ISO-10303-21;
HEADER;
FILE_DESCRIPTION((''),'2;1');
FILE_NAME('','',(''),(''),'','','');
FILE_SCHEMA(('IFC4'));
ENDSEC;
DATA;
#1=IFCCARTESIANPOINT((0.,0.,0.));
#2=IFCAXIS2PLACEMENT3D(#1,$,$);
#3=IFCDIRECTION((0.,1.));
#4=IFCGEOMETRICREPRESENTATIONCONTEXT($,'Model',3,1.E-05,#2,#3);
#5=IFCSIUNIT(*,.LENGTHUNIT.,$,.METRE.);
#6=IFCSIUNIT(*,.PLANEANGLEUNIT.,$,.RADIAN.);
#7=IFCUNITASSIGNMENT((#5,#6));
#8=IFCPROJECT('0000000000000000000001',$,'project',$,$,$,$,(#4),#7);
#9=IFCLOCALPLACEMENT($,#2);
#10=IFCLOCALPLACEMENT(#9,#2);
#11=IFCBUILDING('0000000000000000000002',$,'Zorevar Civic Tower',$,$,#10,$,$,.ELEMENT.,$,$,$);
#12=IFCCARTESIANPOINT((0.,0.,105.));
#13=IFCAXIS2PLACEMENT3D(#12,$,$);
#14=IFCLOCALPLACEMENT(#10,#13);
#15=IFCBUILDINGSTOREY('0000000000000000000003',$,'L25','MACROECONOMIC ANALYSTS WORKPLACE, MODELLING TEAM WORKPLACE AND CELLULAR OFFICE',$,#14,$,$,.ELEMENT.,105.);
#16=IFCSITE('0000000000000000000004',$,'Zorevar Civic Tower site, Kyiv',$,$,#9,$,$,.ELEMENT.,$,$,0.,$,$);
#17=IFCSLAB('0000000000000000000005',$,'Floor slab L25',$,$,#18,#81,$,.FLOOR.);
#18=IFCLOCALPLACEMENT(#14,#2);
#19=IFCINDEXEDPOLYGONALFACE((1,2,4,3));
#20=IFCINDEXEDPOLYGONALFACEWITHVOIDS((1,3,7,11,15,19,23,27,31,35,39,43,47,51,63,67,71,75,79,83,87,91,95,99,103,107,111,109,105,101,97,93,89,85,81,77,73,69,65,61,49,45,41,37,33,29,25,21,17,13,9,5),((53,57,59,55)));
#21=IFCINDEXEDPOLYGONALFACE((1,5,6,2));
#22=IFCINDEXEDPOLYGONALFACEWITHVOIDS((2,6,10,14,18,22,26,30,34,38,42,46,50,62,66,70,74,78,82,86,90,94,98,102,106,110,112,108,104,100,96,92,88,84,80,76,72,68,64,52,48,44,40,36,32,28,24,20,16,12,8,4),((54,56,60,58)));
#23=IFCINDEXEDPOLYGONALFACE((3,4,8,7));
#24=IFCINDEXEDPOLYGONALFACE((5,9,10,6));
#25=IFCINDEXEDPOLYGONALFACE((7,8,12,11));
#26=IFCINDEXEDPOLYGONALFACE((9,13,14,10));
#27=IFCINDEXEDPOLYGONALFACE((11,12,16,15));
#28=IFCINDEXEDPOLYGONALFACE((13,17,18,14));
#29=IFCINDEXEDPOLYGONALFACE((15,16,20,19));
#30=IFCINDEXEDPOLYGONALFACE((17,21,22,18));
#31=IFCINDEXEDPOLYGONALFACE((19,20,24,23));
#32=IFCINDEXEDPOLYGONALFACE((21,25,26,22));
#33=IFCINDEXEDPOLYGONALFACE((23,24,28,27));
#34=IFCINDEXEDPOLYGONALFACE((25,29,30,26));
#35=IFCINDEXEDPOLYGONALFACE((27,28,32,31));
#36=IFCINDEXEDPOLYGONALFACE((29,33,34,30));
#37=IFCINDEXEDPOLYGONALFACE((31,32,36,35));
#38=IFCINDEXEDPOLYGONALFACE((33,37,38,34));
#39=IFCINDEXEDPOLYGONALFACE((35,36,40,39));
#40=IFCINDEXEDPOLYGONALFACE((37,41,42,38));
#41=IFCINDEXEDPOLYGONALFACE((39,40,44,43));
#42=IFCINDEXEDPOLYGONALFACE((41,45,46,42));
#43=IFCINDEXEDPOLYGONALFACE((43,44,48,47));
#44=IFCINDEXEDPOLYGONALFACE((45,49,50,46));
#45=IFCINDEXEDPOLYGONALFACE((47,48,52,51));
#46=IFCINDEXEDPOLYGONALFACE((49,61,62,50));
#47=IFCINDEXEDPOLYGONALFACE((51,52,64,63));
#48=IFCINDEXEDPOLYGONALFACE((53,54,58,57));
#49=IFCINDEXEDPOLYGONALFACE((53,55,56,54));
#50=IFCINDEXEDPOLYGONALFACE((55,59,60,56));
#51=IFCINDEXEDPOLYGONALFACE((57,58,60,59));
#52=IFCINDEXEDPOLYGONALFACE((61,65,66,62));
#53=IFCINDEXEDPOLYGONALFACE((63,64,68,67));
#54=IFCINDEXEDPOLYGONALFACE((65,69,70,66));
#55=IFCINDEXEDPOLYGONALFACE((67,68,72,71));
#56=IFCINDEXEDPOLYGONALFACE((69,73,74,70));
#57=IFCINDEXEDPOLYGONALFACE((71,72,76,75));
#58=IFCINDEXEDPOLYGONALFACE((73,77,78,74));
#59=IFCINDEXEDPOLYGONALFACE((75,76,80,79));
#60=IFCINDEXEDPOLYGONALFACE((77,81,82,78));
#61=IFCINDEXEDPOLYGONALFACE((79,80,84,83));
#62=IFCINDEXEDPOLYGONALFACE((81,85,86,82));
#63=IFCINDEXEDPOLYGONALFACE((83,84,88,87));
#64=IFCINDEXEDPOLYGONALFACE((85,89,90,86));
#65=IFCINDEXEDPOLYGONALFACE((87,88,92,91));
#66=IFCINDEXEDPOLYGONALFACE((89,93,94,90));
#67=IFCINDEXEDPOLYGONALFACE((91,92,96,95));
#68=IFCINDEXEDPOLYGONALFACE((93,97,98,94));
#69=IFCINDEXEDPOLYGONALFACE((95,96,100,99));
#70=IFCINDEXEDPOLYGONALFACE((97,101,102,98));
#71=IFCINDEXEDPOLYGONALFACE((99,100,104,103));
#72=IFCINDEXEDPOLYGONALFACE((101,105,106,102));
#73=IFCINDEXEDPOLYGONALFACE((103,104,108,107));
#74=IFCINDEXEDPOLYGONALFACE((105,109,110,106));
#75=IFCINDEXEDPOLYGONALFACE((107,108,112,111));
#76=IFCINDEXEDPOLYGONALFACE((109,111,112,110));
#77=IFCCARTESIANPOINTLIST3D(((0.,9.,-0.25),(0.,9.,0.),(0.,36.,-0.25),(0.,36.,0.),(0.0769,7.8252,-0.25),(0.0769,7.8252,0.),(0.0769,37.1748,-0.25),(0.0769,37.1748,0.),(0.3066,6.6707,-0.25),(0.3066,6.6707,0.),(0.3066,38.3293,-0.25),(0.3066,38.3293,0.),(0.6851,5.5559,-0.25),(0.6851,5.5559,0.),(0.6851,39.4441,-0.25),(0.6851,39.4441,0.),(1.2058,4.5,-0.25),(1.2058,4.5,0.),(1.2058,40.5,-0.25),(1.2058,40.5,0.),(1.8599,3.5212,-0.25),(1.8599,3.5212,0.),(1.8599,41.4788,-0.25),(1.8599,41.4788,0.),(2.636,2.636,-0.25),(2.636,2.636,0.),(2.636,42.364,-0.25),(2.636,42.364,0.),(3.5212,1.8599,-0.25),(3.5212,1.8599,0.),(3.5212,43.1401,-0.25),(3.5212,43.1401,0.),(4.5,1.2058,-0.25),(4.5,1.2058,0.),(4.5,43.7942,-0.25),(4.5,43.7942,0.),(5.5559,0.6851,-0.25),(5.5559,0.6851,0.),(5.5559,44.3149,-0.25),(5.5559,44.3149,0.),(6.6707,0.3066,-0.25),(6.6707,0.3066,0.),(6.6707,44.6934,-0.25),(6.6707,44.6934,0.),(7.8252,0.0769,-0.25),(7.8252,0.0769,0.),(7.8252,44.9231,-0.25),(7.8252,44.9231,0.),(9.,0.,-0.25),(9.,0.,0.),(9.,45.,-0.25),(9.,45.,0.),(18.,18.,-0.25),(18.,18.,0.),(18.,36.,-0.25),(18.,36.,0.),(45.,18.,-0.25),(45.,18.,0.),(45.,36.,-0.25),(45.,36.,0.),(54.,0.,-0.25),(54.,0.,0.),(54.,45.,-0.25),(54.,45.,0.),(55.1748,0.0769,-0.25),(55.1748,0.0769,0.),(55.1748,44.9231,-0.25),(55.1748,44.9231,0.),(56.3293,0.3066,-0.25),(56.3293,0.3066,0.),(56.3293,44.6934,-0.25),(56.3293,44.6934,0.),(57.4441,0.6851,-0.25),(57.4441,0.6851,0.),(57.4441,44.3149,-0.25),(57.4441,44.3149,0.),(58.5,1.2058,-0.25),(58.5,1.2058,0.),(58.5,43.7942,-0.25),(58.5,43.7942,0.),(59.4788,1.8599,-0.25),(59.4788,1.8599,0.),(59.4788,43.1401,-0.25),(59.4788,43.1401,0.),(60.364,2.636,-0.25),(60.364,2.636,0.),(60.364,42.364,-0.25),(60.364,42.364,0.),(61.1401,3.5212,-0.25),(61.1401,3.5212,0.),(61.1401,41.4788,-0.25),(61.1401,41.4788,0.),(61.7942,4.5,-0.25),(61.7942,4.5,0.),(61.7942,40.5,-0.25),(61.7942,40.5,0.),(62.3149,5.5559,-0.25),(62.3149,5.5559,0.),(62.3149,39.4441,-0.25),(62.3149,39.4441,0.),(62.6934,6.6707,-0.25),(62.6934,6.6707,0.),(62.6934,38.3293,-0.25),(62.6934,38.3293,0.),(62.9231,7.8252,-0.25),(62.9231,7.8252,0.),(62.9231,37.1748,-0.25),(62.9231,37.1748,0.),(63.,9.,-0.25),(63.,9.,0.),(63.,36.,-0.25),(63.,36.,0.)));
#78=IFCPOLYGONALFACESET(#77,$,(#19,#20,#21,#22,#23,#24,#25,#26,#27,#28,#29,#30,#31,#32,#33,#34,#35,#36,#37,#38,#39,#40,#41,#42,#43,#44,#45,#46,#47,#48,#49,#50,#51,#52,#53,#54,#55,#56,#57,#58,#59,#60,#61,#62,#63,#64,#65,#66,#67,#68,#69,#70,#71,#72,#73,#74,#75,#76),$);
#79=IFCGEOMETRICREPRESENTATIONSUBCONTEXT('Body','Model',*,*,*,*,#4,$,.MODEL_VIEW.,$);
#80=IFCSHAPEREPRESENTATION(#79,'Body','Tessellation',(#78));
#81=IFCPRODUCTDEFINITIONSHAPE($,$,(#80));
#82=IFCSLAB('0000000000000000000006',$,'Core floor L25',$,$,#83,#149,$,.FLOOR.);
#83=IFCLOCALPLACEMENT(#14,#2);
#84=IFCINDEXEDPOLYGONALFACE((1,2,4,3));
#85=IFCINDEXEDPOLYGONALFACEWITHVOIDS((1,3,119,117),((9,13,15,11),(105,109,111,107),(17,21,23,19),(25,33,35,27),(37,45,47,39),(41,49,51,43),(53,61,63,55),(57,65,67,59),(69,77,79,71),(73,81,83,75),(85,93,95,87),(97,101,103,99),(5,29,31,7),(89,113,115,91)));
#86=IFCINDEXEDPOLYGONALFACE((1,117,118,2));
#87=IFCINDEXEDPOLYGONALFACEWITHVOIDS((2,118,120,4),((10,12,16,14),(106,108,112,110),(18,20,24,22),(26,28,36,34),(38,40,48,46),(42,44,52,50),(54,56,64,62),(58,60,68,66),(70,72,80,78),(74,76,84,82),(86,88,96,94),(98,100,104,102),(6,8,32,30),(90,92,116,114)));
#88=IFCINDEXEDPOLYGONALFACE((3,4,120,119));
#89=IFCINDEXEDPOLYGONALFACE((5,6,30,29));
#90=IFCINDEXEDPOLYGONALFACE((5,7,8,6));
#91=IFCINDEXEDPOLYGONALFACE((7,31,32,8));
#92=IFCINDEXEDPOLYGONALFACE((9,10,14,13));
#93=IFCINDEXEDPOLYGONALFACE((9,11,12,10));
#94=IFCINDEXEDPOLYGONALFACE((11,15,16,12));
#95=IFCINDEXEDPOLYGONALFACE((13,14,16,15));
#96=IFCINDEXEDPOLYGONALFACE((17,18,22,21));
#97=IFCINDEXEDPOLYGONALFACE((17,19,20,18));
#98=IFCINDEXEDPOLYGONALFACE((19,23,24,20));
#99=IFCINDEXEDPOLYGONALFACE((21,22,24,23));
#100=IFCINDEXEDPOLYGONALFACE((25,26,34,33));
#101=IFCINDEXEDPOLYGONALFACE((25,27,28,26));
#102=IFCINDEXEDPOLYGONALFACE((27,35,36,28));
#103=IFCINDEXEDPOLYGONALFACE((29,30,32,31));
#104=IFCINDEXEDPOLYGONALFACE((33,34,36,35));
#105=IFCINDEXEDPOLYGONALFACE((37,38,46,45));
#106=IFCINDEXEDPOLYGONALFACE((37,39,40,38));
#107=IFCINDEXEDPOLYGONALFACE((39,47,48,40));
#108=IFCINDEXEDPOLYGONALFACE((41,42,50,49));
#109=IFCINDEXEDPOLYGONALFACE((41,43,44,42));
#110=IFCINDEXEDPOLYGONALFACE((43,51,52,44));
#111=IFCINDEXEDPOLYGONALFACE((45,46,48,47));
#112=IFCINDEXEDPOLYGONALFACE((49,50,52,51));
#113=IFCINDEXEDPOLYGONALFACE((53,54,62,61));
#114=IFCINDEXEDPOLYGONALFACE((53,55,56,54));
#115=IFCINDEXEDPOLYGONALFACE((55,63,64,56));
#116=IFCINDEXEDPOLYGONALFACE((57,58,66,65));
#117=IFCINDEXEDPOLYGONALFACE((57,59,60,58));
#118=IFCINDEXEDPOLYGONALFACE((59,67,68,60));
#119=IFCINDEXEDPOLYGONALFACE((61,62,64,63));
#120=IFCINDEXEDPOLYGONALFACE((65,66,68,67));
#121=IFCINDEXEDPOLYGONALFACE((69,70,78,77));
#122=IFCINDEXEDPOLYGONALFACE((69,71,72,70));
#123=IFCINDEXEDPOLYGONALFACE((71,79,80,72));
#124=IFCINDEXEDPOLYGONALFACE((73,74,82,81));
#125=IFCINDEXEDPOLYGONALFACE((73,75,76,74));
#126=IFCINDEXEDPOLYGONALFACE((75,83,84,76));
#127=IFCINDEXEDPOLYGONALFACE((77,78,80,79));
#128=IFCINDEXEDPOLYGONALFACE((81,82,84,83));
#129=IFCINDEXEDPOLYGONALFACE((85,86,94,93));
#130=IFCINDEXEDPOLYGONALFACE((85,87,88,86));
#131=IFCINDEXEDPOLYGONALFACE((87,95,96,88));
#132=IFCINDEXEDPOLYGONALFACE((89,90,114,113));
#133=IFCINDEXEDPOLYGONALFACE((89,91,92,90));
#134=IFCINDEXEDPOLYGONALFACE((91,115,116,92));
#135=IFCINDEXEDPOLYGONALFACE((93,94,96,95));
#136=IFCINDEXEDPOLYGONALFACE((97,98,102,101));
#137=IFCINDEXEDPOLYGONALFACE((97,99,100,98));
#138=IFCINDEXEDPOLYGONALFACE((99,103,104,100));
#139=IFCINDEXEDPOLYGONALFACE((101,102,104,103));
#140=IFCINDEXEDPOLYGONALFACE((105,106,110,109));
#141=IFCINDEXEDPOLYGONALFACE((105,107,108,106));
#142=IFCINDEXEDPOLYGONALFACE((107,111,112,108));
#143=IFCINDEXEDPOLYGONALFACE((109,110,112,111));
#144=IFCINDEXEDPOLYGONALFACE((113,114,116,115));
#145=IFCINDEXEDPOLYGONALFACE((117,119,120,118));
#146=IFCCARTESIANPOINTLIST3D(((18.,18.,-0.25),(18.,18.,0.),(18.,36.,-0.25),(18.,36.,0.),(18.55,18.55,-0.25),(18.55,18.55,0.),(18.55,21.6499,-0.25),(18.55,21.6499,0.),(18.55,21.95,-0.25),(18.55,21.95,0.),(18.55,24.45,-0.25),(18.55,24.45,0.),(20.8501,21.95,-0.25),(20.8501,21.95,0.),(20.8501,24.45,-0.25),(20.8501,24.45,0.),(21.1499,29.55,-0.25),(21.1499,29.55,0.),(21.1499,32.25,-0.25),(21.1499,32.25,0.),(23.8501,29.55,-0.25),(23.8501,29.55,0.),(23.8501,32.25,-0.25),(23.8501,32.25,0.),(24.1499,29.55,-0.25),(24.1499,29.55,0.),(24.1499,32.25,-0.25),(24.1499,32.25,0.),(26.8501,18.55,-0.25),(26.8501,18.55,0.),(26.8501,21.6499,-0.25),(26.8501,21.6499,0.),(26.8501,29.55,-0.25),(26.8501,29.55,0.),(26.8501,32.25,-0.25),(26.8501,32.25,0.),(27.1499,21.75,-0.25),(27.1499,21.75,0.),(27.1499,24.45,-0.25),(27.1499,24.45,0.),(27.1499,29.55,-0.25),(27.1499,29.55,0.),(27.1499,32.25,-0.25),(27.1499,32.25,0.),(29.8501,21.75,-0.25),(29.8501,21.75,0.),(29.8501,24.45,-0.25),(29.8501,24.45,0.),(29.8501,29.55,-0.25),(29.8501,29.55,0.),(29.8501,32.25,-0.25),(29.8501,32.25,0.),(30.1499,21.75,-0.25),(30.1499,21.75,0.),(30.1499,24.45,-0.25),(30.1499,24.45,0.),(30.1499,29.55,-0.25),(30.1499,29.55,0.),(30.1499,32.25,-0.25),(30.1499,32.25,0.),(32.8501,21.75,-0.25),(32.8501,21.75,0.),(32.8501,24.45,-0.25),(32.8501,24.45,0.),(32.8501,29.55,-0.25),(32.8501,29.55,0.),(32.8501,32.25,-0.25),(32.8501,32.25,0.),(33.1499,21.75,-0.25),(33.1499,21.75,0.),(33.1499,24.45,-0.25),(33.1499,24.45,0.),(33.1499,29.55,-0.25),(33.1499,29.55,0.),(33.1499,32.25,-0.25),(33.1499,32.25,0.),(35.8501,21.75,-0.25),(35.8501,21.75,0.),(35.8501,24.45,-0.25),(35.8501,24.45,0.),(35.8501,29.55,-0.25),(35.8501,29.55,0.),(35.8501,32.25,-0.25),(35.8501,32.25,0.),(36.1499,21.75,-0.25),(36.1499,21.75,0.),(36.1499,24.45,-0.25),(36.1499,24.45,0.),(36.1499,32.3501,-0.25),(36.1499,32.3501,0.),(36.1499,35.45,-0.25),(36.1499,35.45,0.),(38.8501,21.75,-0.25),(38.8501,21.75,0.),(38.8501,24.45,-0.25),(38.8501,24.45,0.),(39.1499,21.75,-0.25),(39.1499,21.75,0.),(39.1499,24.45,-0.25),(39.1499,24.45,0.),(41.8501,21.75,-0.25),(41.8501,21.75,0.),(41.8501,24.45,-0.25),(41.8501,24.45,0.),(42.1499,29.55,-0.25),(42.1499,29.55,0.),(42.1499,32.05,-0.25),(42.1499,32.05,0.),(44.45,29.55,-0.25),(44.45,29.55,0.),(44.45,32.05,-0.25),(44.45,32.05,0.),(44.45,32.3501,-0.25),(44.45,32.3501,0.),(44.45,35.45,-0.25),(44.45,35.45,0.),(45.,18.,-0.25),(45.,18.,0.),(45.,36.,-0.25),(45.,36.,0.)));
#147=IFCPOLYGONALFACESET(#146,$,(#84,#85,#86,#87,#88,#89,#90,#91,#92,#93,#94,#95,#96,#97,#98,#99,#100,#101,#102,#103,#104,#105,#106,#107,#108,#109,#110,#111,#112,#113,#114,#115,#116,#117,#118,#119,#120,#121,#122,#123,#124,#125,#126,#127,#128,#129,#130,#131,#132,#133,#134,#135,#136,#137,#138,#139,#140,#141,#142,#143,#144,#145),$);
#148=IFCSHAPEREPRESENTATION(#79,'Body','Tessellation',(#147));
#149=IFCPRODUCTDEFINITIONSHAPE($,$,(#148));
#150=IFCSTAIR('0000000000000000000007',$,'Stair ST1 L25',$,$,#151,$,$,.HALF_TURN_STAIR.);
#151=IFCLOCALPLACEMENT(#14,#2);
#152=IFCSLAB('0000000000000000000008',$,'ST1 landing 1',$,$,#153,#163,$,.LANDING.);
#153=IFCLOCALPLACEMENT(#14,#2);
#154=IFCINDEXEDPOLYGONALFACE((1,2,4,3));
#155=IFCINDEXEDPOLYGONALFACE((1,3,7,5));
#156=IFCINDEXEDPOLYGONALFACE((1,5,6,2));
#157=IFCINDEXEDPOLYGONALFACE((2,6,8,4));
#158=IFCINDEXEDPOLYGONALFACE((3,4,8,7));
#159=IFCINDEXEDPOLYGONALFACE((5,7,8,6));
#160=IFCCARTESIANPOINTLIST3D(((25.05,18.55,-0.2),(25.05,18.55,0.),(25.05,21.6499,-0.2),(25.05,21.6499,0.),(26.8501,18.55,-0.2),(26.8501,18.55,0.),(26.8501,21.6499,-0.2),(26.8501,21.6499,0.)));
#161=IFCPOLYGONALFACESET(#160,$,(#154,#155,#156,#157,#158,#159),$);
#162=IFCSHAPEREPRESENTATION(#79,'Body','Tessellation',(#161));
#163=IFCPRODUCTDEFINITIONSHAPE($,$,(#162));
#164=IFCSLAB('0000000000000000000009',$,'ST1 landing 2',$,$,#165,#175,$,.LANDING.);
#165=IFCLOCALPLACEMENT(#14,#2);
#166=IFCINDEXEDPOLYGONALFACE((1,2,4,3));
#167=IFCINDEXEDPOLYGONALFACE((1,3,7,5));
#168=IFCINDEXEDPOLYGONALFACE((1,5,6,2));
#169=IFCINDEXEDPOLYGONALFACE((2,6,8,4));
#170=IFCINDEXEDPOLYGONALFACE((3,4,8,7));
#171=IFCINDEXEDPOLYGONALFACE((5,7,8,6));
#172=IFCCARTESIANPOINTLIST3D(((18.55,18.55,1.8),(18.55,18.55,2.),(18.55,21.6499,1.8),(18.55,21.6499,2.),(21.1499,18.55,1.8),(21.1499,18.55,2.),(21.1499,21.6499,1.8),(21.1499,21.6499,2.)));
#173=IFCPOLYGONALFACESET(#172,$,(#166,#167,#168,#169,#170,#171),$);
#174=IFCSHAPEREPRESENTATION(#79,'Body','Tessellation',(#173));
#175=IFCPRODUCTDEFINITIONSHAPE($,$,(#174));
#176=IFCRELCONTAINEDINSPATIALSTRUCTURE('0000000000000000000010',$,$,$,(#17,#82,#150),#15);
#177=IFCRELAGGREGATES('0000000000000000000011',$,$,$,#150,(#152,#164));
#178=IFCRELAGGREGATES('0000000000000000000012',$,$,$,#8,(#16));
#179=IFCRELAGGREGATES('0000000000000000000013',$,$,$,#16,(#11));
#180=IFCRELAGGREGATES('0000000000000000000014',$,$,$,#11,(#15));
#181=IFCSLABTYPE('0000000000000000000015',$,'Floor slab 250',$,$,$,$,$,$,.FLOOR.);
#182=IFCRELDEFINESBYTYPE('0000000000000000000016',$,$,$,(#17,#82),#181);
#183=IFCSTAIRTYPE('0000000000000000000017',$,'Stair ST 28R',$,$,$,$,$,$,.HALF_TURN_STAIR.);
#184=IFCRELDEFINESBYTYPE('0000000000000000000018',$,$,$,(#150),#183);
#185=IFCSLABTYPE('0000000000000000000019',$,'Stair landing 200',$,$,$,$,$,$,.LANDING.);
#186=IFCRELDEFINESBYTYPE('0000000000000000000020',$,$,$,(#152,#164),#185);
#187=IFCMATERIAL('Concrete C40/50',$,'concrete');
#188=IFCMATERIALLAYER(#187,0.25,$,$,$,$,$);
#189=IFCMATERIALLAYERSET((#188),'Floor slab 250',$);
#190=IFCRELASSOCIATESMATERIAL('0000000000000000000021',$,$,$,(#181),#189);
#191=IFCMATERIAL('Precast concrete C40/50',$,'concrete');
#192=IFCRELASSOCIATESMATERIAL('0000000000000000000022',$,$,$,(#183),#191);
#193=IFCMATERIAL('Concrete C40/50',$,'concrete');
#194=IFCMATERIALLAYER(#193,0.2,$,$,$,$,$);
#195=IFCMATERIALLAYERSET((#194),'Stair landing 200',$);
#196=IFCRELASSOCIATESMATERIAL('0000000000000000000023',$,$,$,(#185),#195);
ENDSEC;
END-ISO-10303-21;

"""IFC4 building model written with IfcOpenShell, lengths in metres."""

from ifc_helpers import new_model, si_unit, direction, frame, origin, place, context, subcontext, project, spatial, polyline, outline, extrude, material, layer, layer_set, type_object, element, aggregate, save


model = new_model("IFC4")

# Units and contexts
model_context = context("Model", 3, precision=1e-05, world=origin(), true_north=direction((0.0, 1.0)))
body_context = subcontext(model_context, "Body", "Model", "MODEL_VIEW")
ifc_project = project(units=[si_unit("LENGTHUNIT", "METRE"), si_unit("PLANEANGLEUNIT", "RADIAN")], contexts=[model_context])

# Site, building, storey
site_placement = place(None, origin())
site = spatial("IfcSite", under=ifc_project, at=site_placement, Name="Zorevar Civic Tower site, Kyiv", CompositionType="ELEMENT", RefElevation=0.0)
building_placement = place(site_placement, origin())
building = spatial("IfcBuilding", under=site, at=building_placement, Name="Zorevar Civic Tower", CompositionType="ELEMENT")
storey_placement = place(building_placement, frame((0.0, 0.0, 105.0)))
storey = spatial("IfcBuildingStorey", under=building, at=storey_placement, Name="L25", Description="MACROECONOMIC ANALYSTS WORKPLACE, MODELLING TEAM WORKPLACE AND CELLULAR OFFICE", CompositionType="ELEMENT", Elevation=105.0)

# Slabs
ifc_material_1 = material(Name="Concrete C40/50", Category="concrete")
ifc_layer_1 = layer(ifc_material_1, 0.25)
ifc_layer_set_1 = layer_set([ifc_layer_1], Name="Floor slab 250")
slab_type_1 = type_object("IfcSlabType", Name="Floor slab 250", PredefinedType="FLOOR", material=ifc_layer_set_1)
slab_1_placement = place(storey_placement, frame((0.0, 0.0, -0.25)))
element("IfcSlab", 1, at=slab_1_placement, inside=storey, type_object=slab_type_1, Name="Floor slab L25", PredefinedType="FLOOR", context=body_context, shape_type="SweptSolid", body=[
    extrude(outline(polyline([(54.0, 0.0), (55.1748, 0.0769), (56.3293, 0.3066), (57.4441, 0.6851), (58.5, 1.2058), (59.4788, 1.8599), (60.364, 2.636), (61.1401, 3.5212), (61.7942, 4.5), (62.3149, 5.5559), (62.6934, 6.6707), (62.9231, 7.8252), (63.0, 9.0), (63.0, 36.0), (62.9231, 37.1748), (62.6934, 38.3293), (62.3149, 39.4441), (61.7942, 40.5), (61.1401, 41.4788), (60.364, 42.364), (59.4788, 43.1401), (58.5, 43.7942), (57.4441, 44.3149), (56.3293, 44.6934), (55.1748, 44.9231), (54.0, 45.0), (9.0, 45.0), (7.8252, 44.9231), (6.6707, 44.6934), (5.5559, 44.3149), (4.5, 43.7942), (3.5212, 43.1401), (2.636, 42.364), (1.8599, 41.4788), (1.2058, 40.5), (0.6851, 39.4441), (0.3066, 38.3293), (0.0769, 37.1748), (0.0, 36.0), (0.0, 9.0), (0.0769, 7.8252), (0.3066, 6.6707), (0.6851, 5.5559), (1.2058, 4.5), (1.8599, 3.5212), (2.636, 2.636), (3.5212, 1.8599), (4.5, 1.2058), (5.5559, 0.6851), (6.6707, 0.3066), (7.8252, 0.0769), (9.0, 0.0), (54.0, 0.0)]), holes=[polyline([(18.0, 18.0), (45.0, 18.0), (45.0, 36.0), (18.0, 36.0), (18.0, 18.0)])]), origin(), (0.0, 0.0, 1.0), 0.25),
])
slab_2_placement = place(storey_placement, frame((0.0, 0.0, -0.25)))
element("IfcSlab", 2, at=slab_2_placement, inside=storey, type_object=slab_type_1, Name="Core floor L25", PredefinedType="FLOOR", context=body_context, shape_type="SweptSolid", body=[
    extrude(outline(polyline([(18.0, 18.0), (45.0, 18.0), (45.0, 36.0), (18.0, 36.0), (18.0, 18.0)]), holes=[polyline([(18.55, 18.55), (26.8501, 18.55), (26.8501, 21.6499), (18.55, 21.6499), (18.55, 18.55)]), polyline([(36.1499, 32.3501), (44.45, 32.3501), (44.45, 35.45), (36.1499, 35.45), (36.1499, 32.3501)]), polyline([(18.55, 21.95), (20.8501, 21.95), (20.8501, 24.45), (18.55, 24.45), (18.55, 21.95)]), polyline([(42.1499, 29.55), (44.45, 29.55), (44.45, 32.05), (42.1499, 32.05), (42.1499, 29.55)]), polyline([(27.1499, 21.75), (29.8501, 21.75), (29.8501, 24.45), (27.1499, 24.45), (27.1499, 21.75)]), polyline([(33.1499, 29.55), (35.8501, 29.55), (35.8501, 32.25), (33.1499, 32.25), (33.1499, 29.55)]), polyline([(30.1499, 21.75), (32.8501, 21.75), (32.8501, 24.45), (30.1499, 24.45), (30.1499, 21.75)]), polyline([(30.1499, 29.55), (32.8501, 29.55), (32.8501, 32.25), (30.1499, 32.25), (30.1499, 29.55)]), polyline([(33.1499, 21.75), (35.8501, 21.75), (35.8501, 24.45), (33.1499, 24.45), (33.1499, 21.75)]), polyline([(27.1499, 29.55), (29.8501, 29.55), (29.8501, 32.25), (27.1499, 32.25), (27.1499, 29.55)]), polyline([(36.1499, 21.75), (38.8501, 21.75), (38.8501, 24.45), (36.1499, 24.45), (36.1499, 21.75)]), polyline([(24.1499, 29.55), (26.8501, 29.55), (26.8501, 32.25), (24.1499, 32.25), (24.1499, 29.55)]), polyline([(39.1499, 21.75), (41.8501, 21.75), (41.8501, 24.45), (39.1499, 24.45), (39.1499, 21.75)]), polyline([(21.1499, 29.55), (23.8501, 29.55), (23.8501, 32.25), (21.1499, 32.25), (21.1499, 29.55)])]), origin(), (0.0, 0.0, 1.0), 0.25),
])

# Stair, slabs
ifc_material_2 = material(Name="Precast concrete C40/50", Category="concrete")
stair_type = type_object("IfcStairType", Name="Stair ST 28R", PredefinedType="HALF_TURN_STAIR", material=ifc_material_2)
stair_1_placement = place(storey_placement, origin())
stair_1 = element("IfcStair", 3, at=stair_1_placement, inside=storey, type_object=stair_type, Name="Stair ST1 L25", PredefinedType="HALF_TURN_STAIR")
ifc_material_3 = material(Name="Concrete C40/50", Category="concrete")
ifc_layer_2 = layer(ifc_material_3, 0.2)
ifc_layer_set_2 = layer_set([ifc_layer_2], Name="Stair landing 200")
slab_type_2 = type_object("IfcSlabType", Name="Stair landing 200", PredefinedType="LANDING", material=ifc_layer_set_2)
slab_3_placement = place(storey_placement, frame((0.0, 0.0, -0.2)))
slab_3 = element("IfcSlab", 4, at=slab_3_placement, type_object=slab_type_2, Name="ST1 landing 1", PredefinedType="LANDING", context=body_context, shape_type="SweptSolid", body=[
    extrude(outline(polyline([(25.05, 18.55), (26.8501, 18.55), (26.8501, 21.6499), (25.05, 21.6499), (25.05, 18.55)])), origin(), (0.0, 0.0, 1.0), 0.2),
])
slab_4_placement = place(storey_placement, frame((0.0, 0.0, 1.8)))
slab_4 = element("IfcSlab", 5, at=slab_4_placement, type_object=slab_type_2, Name="ST1 landing 2", PredefinedType="LANDING", context=body_context, shape_type="SweptSolid", body=[
    extrude(outline(polyline([(18.55, 18.55), (21.1499, 18.55), (21.1499, 21.6499), (18.55, 21.6499), (18.55, 18.55)])), origin(), (0.0, 0.0, 1.0), 0.2),
])
aggregate(stair_1, [slab_3, slab_4])

save(model, "model.ifc")
